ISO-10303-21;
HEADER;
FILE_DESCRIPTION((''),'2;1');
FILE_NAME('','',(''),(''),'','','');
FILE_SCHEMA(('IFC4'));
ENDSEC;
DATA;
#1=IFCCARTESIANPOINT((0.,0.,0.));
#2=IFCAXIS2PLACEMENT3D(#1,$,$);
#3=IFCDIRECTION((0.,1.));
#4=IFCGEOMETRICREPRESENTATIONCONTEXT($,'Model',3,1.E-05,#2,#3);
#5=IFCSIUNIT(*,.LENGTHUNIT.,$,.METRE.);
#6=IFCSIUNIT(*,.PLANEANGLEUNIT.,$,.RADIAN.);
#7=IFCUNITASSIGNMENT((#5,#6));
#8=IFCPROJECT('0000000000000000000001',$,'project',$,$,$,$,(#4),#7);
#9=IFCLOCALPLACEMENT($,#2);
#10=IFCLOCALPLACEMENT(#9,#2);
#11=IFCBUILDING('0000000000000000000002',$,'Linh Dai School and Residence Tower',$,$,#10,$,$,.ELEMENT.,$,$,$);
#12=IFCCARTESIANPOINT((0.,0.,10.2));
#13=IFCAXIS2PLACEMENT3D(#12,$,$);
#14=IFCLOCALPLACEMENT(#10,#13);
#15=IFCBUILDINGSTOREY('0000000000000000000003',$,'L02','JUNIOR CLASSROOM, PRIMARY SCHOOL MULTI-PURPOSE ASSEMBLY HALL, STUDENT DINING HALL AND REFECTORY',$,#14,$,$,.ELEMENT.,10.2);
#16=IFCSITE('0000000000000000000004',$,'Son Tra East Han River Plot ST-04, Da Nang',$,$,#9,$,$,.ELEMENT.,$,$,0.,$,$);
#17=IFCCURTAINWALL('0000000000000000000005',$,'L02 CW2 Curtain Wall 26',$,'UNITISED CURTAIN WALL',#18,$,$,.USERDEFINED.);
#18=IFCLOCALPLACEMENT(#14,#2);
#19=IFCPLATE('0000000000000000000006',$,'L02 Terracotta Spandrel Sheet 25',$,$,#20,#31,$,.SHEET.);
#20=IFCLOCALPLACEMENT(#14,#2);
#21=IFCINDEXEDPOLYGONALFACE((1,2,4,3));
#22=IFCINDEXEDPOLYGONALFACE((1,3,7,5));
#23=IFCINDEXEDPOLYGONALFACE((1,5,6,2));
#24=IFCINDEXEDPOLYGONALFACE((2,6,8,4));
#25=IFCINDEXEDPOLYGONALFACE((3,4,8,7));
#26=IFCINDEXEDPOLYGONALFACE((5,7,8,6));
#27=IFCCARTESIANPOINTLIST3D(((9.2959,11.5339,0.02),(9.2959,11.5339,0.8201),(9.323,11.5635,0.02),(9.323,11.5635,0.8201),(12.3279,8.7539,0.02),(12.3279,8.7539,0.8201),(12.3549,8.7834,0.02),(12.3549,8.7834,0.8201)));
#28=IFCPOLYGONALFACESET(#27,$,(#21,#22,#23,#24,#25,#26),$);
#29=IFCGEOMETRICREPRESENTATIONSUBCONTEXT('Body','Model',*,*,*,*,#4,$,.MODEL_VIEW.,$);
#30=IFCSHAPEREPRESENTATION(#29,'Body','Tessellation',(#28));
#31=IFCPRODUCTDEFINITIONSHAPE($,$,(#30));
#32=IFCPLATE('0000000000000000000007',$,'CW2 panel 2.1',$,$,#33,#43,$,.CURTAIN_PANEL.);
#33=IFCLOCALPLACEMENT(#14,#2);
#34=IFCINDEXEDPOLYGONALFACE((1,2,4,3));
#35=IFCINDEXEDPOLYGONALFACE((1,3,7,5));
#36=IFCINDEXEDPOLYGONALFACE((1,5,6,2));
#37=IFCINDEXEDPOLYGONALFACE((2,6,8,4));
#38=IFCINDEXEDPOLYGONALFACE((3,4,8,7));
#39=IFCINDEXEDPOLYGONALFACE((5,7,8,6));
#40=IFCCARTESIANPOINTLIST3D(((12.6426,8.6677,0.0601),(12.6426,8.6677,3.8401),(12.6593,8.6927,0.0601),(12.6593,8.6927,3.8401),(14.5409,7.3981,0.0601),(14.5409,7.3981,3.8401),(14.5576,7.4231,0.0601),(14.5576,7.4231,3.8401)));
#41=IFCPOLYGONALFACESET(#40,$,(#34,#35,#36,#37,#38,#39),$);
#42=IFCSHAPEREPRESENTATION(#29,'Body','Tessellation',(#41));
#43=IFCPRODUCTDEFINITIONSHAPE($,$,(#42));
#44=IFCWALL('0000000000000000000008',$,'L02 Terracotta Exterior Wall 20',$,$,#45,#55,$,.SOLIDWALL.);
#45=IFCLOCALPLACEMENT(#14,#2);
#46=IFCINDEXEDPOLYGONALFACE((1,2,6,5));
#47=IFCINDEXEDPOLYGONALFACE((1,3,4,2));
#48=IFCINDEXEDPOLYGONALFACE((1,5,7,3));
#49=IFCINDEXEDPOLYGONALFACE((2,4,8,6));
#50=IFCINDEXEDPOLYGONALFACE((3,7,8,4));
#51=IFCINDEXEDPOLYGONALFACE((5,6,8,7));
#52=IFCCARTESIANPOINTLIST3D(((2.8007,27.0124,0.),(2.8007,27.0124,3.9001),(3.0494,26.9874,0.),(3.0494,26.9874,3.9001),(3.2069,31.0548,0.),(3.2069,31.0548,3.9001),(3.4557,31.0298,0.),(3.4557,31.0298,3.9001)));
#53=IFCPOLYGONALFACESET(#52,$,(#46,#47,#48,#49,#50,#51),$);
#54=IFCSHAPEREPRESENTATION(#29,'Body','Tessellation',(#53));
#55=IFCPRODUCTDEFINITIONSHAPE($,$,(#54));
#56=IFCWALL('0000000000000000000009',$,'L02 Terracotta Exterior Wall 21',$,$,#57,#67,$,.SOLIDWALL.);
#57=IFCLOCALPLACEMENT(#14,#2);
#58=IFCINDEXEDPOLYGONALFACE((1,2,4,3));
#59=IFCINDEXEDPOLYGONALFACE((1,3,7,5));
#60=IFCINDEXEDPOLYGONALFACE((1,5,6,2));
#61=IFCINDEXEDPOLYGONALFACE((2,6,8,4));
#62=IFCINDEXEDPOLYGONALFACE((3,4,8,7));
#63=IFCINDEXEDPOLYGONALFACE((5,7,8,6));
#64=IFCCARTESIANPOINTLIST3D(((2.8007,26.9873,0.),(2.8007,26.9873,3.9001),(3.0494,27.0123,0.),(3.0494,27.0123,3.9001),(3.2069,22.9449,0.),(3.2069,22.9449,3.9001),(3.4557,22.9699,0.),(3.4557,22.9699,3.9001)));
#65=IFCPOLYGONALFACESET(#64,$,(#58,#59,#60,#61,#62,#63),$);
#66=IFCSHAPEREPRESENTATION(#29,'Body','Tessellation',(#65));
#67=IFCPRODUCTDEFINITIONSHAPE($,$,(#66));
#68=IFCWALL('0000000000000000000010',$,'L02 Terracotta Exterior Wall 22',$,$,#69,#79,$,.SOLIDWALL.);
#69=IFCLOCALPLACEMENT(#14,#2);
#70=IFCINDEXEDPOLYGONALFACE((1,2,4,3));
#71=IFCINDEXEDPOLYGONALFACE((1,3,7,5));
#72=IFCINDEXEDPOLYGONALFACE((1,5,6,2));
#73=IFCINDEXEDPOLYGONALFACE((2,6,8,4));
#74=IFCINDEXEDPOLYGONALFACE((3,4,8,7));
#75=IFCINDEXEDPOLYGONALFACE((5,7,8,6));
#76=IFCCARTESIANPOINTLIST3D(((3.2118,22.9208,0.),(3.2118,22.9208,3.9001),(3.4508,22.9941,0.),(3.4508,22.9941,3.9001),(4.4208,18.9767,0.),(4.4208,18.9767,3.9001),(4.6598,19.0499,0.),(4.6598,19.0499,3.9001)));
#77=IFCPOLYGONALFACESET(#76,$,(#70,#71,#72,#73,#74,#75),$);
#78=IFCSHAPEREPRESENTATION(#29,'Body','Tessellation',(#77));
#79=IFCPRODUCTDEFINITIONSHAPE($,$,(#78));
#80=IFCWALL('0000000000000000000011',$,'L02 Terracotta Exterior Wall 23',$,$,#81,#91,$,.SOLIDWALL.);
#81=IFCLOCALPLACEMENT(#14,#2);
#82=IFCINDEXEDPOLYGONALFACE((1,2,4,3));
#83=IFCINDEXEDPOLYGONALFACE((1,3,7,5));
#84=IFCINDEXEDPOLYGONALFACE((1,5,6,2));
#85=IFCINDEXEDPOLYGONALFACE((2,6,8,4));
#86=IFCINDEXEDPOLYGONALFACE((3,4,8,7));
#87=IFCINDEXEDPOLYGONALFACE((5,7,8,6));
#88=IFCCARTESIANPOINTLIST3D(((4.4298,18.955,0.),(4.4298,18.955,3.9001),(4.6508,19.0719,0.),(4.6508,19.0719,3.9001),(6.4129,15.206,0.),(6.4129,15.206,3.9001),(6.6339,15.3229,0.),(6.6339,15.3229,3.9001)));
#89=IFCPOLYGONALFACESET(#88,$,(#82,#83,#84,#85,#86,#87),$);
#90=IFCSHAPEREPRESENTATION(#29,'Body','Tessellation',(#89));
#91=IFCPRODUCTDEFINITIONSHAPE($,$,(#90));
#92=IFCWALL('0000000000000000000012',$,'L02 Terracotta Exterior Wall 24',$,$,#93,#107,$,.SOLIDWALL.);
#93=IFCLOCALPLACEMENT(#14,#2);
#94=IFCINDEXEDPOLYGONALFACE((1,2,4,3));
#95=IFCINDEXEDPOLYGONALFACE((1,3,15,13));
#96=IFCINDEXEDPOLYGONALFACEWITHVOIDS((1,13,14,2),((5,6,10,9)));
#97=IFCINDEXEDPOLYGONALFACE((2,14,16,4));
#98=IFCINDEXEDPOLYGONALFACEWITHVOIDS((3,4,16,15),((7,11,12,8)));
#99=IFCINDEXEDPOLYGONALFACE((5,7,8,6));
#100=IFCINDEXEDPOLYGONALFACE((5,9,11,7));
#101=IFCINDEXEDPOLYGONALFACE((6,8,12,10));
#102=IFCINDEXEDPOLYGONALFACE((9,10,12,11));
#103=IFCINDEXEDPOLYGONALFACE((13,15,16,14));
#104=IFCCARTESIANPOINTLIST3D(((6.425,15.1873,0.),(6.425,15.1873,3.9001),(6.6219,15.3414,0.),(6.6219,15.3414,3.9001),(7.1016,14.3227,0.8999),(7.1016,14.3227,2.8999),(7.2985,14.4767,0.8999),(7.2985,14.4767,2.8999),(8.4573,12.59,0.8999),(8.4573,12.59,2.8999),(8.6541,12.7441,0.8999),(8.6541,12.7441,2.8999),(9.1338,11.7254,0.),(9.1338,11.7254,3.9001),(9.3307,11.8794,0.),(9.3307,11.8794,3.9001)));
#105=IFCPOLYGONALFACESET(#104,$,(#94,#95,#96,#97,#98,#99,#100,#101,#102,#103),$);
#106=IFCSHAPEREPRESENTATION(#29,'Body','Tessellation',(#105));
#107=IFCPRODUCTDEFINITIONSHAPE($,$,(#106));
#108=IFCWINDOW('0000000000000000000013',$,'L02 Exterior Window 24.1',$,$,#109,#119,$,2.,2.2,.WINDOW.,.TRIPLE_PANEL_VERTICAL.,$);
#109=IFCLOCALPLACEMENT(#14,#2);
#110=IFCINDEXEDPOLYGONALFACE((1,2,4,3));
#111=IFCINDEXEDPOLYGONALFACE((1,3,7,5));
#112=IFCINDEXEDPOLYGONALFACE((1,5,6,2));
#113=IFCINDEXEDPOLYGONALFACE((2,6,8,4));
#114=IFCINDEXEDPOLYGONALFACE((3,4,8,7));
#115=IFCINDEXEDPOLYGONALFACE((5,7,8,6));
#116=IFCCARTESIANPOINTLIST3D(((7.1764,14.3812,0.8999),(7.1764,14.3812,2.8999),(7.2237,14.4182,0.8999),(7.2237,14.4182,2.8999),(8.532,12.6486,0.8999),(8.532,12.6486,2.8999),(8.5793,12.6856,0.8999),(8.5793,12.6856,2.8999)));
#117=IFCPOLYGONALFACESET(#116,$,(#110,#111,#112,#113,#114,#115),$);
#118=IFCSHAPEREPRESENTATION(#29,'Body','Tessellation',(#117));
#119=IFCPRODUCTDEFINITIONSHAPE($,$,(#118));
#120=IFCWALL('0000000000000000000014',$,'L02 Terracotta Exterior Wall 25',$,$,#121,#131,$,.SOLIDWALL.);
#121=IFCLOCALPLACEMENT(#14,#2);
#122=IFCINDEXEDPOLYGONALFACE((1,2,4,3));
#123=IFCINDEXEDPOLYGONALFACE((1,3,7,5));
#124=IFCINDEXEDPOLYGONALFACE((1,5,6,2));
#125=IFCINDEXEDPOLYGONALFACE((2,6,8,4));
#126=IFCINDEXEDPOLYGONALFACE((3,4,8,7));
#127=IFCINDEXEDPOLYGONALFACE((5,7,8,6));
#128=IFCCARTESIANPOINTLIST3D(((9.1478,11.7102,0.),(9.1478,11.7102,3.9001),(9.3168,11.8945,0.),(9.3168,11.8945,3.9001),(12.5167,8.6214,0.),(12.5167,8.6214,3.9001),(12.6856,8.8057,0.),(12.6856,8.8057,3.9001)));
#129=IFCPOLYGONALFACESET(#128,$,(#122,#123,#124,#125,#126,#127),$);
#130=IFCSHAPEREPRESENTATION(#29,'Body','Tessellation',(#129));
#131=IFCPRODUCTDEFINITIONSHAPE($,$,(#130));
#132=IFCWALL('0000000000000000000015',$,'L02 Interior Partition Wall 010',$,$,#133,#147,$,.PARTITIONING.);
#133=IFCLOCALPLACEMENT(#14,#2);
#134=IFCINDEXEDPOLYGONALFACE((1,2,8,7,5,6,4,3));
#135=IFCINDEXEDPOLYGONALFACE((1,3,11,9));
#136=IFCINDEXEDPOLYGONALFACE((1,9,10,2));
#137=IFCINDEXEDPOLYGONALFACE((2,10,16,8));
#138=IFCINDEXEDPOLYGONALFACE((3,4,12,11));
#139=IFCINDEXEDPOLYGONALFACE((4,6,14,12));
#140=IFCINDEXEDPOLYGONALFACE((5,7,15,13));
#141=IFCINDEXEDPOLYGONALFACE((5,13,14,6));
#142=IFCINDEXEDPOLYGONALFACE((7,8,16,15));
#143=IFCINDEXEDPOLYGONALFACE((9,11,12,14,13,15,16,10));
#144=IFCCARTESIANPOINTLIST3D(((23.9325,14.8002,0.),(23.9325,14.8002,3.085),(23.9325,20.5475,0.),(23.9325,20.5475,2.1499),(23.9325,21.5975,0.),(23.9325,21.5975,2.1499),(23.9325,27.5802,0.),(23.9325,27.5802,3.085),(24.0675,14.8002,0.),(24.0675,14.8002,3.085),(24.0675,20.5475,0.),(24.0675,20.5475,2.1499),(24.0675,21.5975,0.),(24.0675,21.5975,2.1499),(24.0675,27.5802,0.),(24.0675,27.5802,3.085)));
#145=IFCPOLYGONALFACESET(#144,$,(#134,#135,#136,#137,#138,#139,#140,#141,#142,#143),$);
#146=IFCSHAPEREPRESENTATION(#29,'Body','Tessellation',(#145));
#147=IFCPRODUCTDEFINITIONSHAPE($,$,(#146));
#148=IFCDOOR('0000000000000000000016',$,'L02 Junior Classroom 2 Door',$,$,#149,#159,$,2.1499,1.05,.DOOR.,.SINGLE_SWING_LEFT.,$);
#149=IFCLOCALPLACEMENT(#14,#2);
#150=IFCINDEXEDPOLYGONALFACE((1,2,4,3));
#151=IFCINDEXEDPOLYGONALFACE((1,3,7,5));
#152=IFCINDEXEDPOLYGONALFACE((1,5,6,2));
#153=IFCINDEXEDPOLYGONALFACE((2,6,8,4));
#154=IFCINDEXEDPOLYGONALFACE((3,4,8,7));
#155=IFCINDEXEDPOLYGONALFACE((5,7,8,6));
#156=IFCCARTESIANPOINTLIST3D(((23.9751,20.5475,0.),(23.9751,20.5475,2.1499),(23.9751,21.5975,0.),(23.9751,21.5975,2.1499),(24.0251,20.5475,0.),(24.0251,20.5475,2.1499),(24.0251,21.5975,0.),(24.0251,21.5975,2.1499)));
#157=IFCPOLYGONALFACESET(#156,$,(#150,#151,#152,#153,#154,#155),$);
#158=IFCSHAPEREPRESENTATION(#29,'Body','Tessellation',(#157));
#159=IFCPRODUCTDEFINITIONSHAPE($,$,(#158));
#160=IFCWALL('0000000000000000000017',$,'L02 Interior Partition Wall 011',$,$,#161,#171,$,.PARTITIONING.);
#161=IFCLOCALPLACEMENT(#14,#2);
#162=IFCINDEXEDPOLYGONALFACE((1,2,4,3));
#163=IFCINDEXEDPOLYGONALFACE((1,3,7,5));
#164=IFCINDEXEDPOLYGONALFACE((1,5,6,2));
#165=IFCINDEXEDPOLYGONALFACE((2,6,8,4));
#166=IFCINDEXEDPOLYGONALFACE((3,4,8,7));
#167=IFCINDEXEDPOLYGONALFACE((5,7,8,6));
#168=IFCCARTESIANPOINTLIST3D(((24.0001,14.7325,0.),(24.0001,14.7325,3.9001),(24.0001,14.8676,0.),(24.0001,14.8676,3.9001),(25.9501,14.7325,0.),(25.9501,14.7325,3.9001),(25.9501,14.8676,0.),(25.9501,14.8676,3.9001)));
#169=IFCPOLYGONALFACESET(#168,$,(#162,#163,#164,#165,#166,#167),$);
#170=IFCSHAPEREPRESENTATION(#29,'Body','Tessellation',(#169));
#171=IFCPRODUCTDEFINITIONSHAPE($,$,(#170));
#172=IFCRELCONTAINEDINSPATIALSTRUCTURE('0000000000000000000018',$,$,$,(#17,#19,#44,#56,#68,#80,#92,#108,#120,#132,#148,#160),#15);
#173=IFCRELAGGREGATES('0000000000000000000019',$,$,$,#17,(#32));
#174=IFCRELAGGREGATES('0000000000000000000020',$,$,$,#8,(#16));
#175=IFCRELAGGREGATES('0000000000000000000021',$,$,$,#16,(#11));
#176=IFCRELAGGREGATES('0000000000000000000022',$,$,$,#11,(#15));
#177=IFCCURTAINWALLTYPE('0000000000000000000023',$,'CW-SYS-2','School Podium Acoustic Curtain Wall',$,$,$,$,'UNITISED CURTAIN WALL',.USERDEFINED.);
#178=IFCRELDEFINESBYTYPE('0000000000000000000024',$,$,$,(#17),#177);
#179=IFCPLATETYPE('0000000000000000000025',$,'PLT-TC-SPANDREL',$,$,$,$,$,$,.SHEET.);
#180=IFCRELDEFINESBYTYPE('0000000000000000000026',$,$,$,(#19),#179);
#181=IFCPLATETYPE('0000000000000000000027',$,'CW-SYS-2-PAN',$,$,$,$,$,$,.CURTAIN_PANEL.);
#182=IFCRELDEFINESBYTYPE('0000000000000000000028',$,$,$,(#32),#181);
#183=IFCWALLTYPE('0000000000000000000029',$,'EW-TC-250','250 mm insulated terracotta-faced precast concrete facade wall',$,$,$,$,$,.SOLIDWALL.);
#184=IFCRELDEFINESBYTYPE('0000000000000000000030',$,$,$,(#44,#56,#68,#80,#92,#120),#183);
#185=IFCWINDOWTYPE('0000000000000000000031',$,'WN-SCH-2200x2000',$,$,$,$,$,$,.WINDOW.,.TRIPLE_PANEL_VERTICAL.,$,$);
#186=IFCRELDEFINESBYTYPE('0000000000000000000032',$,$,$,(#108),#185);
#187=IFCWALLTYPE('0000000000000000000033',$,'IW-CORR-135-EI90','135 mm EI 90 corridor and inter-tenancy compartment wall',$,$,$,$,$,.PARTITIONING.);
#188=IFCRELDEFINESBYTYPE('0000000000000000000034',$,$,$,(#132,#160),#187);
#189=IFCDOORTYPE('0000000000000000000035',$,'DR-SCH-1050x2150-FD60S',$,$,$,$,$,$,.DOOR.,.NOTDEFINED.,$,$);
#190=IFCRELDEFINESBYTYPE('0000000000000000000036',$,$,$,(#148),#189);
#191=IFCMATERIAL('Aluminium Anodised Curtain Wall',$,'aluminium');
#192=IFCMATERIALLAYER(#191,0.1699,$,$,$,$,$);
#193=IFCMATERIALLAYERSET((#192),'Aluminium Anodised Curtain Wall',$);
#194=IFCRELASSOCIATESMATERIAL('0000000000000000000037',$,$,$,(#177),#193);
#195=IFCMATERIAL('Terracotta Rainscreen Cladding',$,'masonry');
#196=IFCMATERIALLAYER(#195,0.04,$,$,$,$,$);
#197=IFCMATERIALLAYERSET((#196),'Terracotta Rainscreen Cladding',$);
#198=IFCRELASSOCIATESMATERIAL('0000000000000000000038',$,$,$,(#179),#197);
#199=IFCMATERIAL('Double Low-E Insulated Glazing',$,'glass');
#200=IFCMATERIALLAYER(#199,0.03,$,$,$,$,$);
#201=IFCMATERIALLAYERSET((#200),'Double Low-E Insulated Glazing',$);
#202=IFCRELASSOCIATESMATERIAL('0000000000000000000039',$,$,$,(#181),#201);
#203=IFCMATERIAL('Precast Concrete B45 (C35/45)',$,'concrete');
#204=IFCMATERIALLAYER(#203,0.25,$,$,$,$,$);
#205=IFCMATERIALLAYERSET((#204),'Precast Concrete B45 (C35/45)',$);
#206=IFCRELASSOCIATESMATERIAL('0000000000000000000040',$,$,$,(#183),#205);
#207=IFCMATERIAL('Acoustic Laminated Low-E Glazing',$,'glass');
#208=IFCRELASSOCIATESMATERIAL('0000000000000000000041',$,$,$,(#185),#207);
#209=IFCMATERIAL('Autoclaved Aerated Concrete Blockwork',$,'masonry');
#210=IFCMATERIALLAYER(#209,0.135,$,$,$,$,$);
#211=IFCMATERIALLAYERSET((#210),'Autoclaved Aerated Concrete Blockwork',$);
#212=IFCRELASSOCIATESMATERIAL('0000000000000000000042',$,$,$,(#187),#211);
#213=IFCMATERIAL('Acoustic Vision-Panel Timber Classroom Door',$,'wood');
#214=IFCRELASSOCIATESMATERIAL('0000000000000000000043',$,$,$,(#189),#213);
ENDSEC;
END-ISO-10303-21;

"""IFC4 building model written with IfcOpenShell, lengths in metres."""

from ifc_helpers import new_model, si_unit, direction, frame, frame_2d, origin, origin_2d, place, context, subcontext, project, spatial, rectangle, extrude, source, transform, mapped, material, layer, layer_set, type_object, element, fill, aggregate, save


model = new_model("IFC4")

# Units and contexts
model_context = context("Model", 3, precision=1e-05, world=origin(), true_north=direction((0.0, 1.0)))
body_context = subcontext(model_context, "Body", "Model", "MODEL_VIEW")
ifc_project = project(units=[si_unit("LENGTHUNIT", "METRE"), si_unit("PLANEANGLEUNIT", "RADIAN")], contexts=[model_context])

# Site, building, storey
site_placement = place(None, origin())
site = spatial("IfcSite", under=ifc_project, at=site_placement, Name="Son Tra East Han River Plot ST-04, Da Nang", CompositionType="ELEMENT", RefElevation=0.0)
building_placement = place(site_placement, origin())
building = spatial("IfcBuilding", under=site, at=building_placement, Name="Linh Dai School and Residence Tower", CompositionType="ELEMENT")
storey_placement = place(building_placement, frame((0.0, 0.0, 10.2)))
storey = spatial("IfcBuildingStorey", under=building, at=storey_placement, Name="L02", Description="JUNIOR CLASSROOM, PRIMARY SCHOOL MULTI-PURPOSE ASSEMBLY HALL, STUDENT DINING HALL AND REFECTORY", CompositionType="ELEMENT", Elevation=10.2)

# Curtain wall
ifc_material_1 = material(Name="Aluminium Anodised Curtain Wall", Category="aluminium")
ifc_layer_1 = layer(ifc_material_1, 0.1699)
ifc_layer_set_1 = layer_set([ifc_layer_1], Name="Aluminium Anodised Curtain Wall")
curtain_wall_type = type_object("IfcCurtainWallType", Name="CW-SYS-2", Description="School Podium Acoustic Curtain Wall", ElementType="UNITISED CURTAIN WALL", PredefinedType="USERDEFINED", material=ifc_layer_set_1)
curtain_wall_placement = place(storey_placement, origin())
curtain_wall = element("IfcCurtainWall", 1, at=curtain_wall_placement, inside=storey, type_object=curtain_wall_type, Name="L02 CW2 Curtain Wall 26", ObjectType="UNITISED CURTAIN WALL", PredefinedType="USERDEFINED")

# Plate
ifc_material_2 = material(Name="Terracotta Rainscreen Cladding", Category="masonry")
ifc_layer_2 = layer(ifc_material_2, 0.04)
ifc_layer_set_2 = layer_set([ifc_layer_2], Name="Terracotta Rainscreen Cladding")
plate_type_1 = type_object("IfcPlateType", Name="PLT-TC-SPANDREL", PredefinedType="SHEET", material=ifc_layer_set_2)
shared_shape_1 = source(origin(), body_context, "Body", "SweptSolid", [
    extrude(rectangle(XDim=4.1135, YDim=0.04, at=origin_2d()), origin(), (0.0, 0.0, 1.0), 0.8),
])
plate_1_placement = place(storey_placement, frame((10.8254, 10.1587, 0.02), z_axis=(0.0, 0.0, 1.0), x_axis=(-0.737062, 0.675825, 0.0)))
element("IfcPlate", 2, at=plate_1_placement, inside=storey, type_object=plate_type_1, Name="L02 Terracotta Spandrel Sheet 25", PredefinedType="SHEET", context=body_context, shape_type="MappedRepresentation", body=[
    mapped(shared_shape_1, transform((0.0, 0.0, 0.0), x_axis=(1.0, 0.0, 0.0), y_axis=(0.0, 1.0, 0.0), z_axis=(0.0, 0.0, 1.0), scale=1.0)),
])

# Plate
ifc_material_3 = material(Name="Double Low-E Insulated Glazing", Category="glass")
ifc_layer_3 = layer(ifc_material_3, 0.03)
ifc_layer_set_3 = layer_set([ifc_layer_3], Name="Double Low-E Insulated Glazing")
plate_type_2 = type_object("IfcPlateType", Name="CW-SYS-2-PAN", PredefinedType="CURTAIN_PANEL", material=ifc_layer_set_3)
shared_shape_2 = source(origin(), body_context, "Body", "SweptSolid", [
    extrude(rectangle(XDim=2.2837, YDim=0.03, at=origin_2d()), origin(), (0.0, 0.0, 1.0), 3.78),
])
plate_2_placement = place(storey_placement, frame((13.6001, 8.0454, 0.0601), z_axis=(0.0, 0.0, 1.0), x_axis=(-0.831211, 0.555957, 0.0)))
plate_2 = element("IfcPlate", 3, at=plate_2_placement, type_object=plate_type_2, Name="CW2 panel 2.1", PredefinedType="CURTAIN_PANEL", context=body_context, shape_type="MappedRepresentation", body=[
    mapped(shared_shape_2, transform((0.0, 0.0, 0.0), x_axis=(1.0, 0.0, 0.0), y_axis=(0.0, 1.0, 0.0), z_axis=(0.0, 0.0, 1.0), scale=1.0)),
])
aggregate(curtain_wall, [plate_2])

# Walls
ifc_material_4 = material(Name="Precast Concrete B45 (C35/45)", Category="concrete")
ifc_layer_4 = layer(ifc_material_4, 0.25)
ifc_layer_set_4 = layer_set([ifc_layer_4], Name="Precast Concrete B45 (C35/45)")
wall_type_1 = type_object("IfcWallType", Name="EW-TC-250", Description="250 mm insulated terracotta-faced precast concrete facade wall", PredefinedType="SOLIDWALL", material=ifc_layer_set_4)
for number, where, z_axis, x_axis, name in (
    (4, (2.925, 27.0, 0.0), (0.0, 0.0, 1.0), (0.099992, 0.994988, 0.0), "L02 Terracotta Exterior Wall 20"),
    (5, (3.3313, 22.9575, 0.0), (0.0, 0.0, 1.0), (-0.099992, 0.994988, 0.0), "L02 Terracotta Exterior Wall 21"),
):
    element("IfcWall", number, at=place(storey_placement, frame(where, z_axis=z_axis, x_axis=x_axis)), inside=storey, type_object=wall_type_1, Name=name, PredefinedType="SOLIDWALL", context=body_context, shape_type="SweptSolid", body=[
        extrude(rectangle(XDim=4.0627, YDim=0.25, at=frame_2d((2.0312, 0.0))), origin(), (0.0, 0.0, 1.0), 3.9001),
    ])
wall_1_placement = place(storey_placement, frame((4.5403, 19.0134, 0.0), z_axis=(0.0, 0.0, 1.0), x_axis=(-0.293071, 0.956091, 0.0)))
element("IfcWall", 6, at=wall_1_placement, inside=storey, type_object=wall_type_1, Name="L02 Terracotta Exterior Wall 22", PredefinedType="SOLIDWALL", context=body_context, shape_type="SweptSolid", body=[
    extrude(rectangle(XDim=4.1252, YDim=0.25, at=frame_2d((2.0625, 0.0))), origin(), (0.0, 0.0, 1.0), 3.9001),
])
wall_2_placement = place(storey_placement, frame((6.5234, 15.2644, 0.0), z_axis=(0.0, 0.0, 1.0), x_axis=(-0.467589, 0.883946, 0.0)))
element("IfcWall", 7, at=wall_2_placement, inside=storey, type_object=wall_type_1, Name="L02 Terracotta Exterior Wall 23", PredefinedType="SOLIDWALL", context=body_context, shape_type="SweptSolid", body=[
    extrude(rectangle(XDim=4.2412, YDim=0.25, at=frame_2d((2.1206, 0.0))), origin(), (0.0, 0.0, 1.0), 3.9001),
])

# Wall, opening, window
wall_3_placement = place(storey_placement, frame((9.2322, 11.8025, 0.0), z_axis=(0.0, 0.0, 1.0), x_axis=(-0.616226, 0.787569, 0.0)))
wall_3 = element("IfcWall", 8, at=wall_3_placement, inside=storey, type_object=wall_type_1, Name="L02 Terracotta Exterior Wall 24", PredefinedType="SOLIDWALL", context=body_context, shape_type="SweptSolid", body=[
    extrude(rectangle(XDim=4.3958, YDim=0.25, at=frame_2d((2.1978, 0.0))), origin(), (0.0, 0.0, 1.0), 3.9001),
])
opening_1_placement = place(wall_3_placement, frame((1.0977, 0.0, 0.8999)))
opening_1 = element("IfcOpeningElement", 9, at=opening_1_placement, cuts=wall_3, PredefinedType="OPENING", context=body_context, shape_type="SweptSolid", body=[
    extrude(rectangle(XDim=2.2, YDim=2.0, at=origin_2d()), frame((1.1001, 0.135, 1.0), z_axis=(0.0, -1.0, 0.0), x_axis=(1.0, 0.0, 0.0)), (0.0, 0.0, 1.0), 0.27),
])
ifc_material_5 = material(Name="Acoustic Laminated Low-E Glazing", Category="glass")
window_type = type_object("IfcWindowType", Name="WN-SCH-2200x2000", PartitioningType="TRIPLE_PANEL_VERTICAL", PredefinedType="WINDOW", material=ifc_material_5)
shared_shape_3 = source(origin(), body_context, "Body", "SweptSolid", [
    extrude(rectangle(XDim=2.2, YDim=2.0, at=origin_2d()), frame((1.1001, 0.03, 1.0), z_axis=(0.0, -1.0, 0.0), x_axis=(1.0, 0.0, 0.0)), (0.0, 0.0, 1.0), 0.0601),
])
window_placement = place(opening_1_placement, origin())
window = element("IfcWindow", 10, at=window_placement, inside=storey, type_object=window_type, Name="L02 Exterior Window 24.1", OverallHeight=2.0, OverallWidth=2.2, PartitioningType="TRIPLE_PANEL_VERTICAL", PredefinedType="WINDOW", context=body_context, shape_type="MappedRepresentation", body=[
    mapped(shared_shape_3, transform((0.0, 0.0, 0.0), x_axis=(1.0, 0.0, 0.0), y_axis=(0.0, 1.0, 0.0), z_axis=(0.0, 0.0, 1.0), scale=1.0)),
])
fill(opening_1, window)

# Wall
wall_4_placement = place(storey_placement, frame((12.6011, 8.7136, 0.0), z_axis=(0.0, 0.0, 1.0), x_axis=(-0.737077, 0.675809, 0.0)))
element("IfcWall", 11, at=wall_4_placement, inside=storey, type_object=wall_type_1, Name="L02 Terracotta Exterior Wall 25", PredefinedType="SOLIDWALL", context=body_context, shape_type="SweptSolid", body=[
    extrude(rectangle(XDim=4.5706, YDim=0.25, at=frame_2d((2.2852, 0.0))), origin(), (0.0, 0.0, 1.0), 3.9001),
])

# Wall, opening, door
ifc_material_6 = material(Name="Autoclaved Aerated Concrete Blockwork", Category="masonry")
ifc_layer_5 = layer(ifc_material_6, 0.135)
ifc_layer_set_5 = layer_set([ifc_layer_5], Name="Autoclaved Aerated Concrete Blockwork")
wall_type_2 = type_object("IfcWallType", Name="IW-CORR-135-EI90", Description="135 mm EI 90 corridor and inter-tenancy compartment wall", PredefinedType="PARTITIONING", material=ifc_layer_set_5)
wall_5_placement = place(storey_placement, frame((24.0, 14.8, 0.0), z_axis=(0.0, 0.0, 1.0), x_axis=(0.0, 1.0, 0.0)))
wall_5 = element("IfcWall", 12, at=wall_5_placement, inside=storey, type_object=wall_type_2, Name="L02 Interior Partition Wall 010", PredefinedType="PARTITIONING", context=body_context, shape_type="SweptSolid", body=[
    extrude(rectangle(XDim=12.78, YDim=0.135, at=frame_2d((6.3901, 0.0))), origin(), (0.0, 0.0, 1.0), 3.085),
])
opening_2_placement = place(wall_5_placement, frame((5.7476, 0.0, 0.0)))
opening_2 = element("IfcOpeningElement", 13, at=opening_2_placement, cuts=wall_5, PredefinedType="OPENING", context=body_context, shape_type="SweptSolid", body=[
    extrude(rectangle(XDim=1.05, YDim=2.1499, at=origin_2d()), frame((0.5249, 0.0776, 1.075), z_axis=(0.0, -1.0, 0.0), x_axis=(1.0, 0.0, 0.0)), (0.0, 0.0, 1.0), 0.155),
])
ifc_material_7 = material(Name="Acoustic Vision-Panel Timber Classroom Door", Category="wood")
door_type = type_object("IfcDoorType", Name="DR-SCH-1050x2150-FD60S", OperationType="NOTDEFINED", PredefinedType="DOOR", material=ifc_material_7)
shared_shape_4 = source(origin(), body_context, "Body", "SweptSolid", [
    extrude(rectangle(XDim=1.05, YDim=2.1499, at=origin_2d()), frame((0.5249, 0.0249, 1.075), z_axis=(0.0, -1.0, 0.0), x_axis=(1.0, 0.0, 0.0)), (0.0, 0.0, 1.0), 0.05),
])
door_placement = place(opening_2_placement, origin())
door = element("IfcDoor", 14, at=door_placement, inside=storey, type_object=door_type, Name="L02 Junior Classroom 2 Door", OperationType="SINGLE_SWING_LEFT", OverallHeight=2.1499, OverallWidth=1.05, PredefinedType="DOOR", context=body_context, shape_type="MappedRepresentation", body=[
    mapped(shared_shape_4, transform((0.0, 0.0, 0.0), x_axis=(1.0, 0.0, 0.0), y_axis=(0.0, 1.0, 0.0), z_axis=(0.0, 0.0, 1.0), scale=1.0)),
])
fill(opening_2, door)

# Wall
wall_6_placement = place(storey_placement, frame((24.0, 14.8, 0.0), z_axis=(0.0, 0.0, 1.0), x_axis=(1.0, 0.0, 0.0)))
element("IfcWall", 15, at=wall_6_placement, inside=storey, type_object=wall_type_2, Name="L02 Interior Partition Wall 011", PredefinedType="PARTITIONING", context=body_context, shape_type="SweptSolid", body=[
    extrude(rectangle(XDim=1.95, YDim=0.135, at=frame_2d((0.9751, 0.0))), origin(), (0.0, 0.0, 1.0), 3.9001),
])

save(model, "model.ifc")
